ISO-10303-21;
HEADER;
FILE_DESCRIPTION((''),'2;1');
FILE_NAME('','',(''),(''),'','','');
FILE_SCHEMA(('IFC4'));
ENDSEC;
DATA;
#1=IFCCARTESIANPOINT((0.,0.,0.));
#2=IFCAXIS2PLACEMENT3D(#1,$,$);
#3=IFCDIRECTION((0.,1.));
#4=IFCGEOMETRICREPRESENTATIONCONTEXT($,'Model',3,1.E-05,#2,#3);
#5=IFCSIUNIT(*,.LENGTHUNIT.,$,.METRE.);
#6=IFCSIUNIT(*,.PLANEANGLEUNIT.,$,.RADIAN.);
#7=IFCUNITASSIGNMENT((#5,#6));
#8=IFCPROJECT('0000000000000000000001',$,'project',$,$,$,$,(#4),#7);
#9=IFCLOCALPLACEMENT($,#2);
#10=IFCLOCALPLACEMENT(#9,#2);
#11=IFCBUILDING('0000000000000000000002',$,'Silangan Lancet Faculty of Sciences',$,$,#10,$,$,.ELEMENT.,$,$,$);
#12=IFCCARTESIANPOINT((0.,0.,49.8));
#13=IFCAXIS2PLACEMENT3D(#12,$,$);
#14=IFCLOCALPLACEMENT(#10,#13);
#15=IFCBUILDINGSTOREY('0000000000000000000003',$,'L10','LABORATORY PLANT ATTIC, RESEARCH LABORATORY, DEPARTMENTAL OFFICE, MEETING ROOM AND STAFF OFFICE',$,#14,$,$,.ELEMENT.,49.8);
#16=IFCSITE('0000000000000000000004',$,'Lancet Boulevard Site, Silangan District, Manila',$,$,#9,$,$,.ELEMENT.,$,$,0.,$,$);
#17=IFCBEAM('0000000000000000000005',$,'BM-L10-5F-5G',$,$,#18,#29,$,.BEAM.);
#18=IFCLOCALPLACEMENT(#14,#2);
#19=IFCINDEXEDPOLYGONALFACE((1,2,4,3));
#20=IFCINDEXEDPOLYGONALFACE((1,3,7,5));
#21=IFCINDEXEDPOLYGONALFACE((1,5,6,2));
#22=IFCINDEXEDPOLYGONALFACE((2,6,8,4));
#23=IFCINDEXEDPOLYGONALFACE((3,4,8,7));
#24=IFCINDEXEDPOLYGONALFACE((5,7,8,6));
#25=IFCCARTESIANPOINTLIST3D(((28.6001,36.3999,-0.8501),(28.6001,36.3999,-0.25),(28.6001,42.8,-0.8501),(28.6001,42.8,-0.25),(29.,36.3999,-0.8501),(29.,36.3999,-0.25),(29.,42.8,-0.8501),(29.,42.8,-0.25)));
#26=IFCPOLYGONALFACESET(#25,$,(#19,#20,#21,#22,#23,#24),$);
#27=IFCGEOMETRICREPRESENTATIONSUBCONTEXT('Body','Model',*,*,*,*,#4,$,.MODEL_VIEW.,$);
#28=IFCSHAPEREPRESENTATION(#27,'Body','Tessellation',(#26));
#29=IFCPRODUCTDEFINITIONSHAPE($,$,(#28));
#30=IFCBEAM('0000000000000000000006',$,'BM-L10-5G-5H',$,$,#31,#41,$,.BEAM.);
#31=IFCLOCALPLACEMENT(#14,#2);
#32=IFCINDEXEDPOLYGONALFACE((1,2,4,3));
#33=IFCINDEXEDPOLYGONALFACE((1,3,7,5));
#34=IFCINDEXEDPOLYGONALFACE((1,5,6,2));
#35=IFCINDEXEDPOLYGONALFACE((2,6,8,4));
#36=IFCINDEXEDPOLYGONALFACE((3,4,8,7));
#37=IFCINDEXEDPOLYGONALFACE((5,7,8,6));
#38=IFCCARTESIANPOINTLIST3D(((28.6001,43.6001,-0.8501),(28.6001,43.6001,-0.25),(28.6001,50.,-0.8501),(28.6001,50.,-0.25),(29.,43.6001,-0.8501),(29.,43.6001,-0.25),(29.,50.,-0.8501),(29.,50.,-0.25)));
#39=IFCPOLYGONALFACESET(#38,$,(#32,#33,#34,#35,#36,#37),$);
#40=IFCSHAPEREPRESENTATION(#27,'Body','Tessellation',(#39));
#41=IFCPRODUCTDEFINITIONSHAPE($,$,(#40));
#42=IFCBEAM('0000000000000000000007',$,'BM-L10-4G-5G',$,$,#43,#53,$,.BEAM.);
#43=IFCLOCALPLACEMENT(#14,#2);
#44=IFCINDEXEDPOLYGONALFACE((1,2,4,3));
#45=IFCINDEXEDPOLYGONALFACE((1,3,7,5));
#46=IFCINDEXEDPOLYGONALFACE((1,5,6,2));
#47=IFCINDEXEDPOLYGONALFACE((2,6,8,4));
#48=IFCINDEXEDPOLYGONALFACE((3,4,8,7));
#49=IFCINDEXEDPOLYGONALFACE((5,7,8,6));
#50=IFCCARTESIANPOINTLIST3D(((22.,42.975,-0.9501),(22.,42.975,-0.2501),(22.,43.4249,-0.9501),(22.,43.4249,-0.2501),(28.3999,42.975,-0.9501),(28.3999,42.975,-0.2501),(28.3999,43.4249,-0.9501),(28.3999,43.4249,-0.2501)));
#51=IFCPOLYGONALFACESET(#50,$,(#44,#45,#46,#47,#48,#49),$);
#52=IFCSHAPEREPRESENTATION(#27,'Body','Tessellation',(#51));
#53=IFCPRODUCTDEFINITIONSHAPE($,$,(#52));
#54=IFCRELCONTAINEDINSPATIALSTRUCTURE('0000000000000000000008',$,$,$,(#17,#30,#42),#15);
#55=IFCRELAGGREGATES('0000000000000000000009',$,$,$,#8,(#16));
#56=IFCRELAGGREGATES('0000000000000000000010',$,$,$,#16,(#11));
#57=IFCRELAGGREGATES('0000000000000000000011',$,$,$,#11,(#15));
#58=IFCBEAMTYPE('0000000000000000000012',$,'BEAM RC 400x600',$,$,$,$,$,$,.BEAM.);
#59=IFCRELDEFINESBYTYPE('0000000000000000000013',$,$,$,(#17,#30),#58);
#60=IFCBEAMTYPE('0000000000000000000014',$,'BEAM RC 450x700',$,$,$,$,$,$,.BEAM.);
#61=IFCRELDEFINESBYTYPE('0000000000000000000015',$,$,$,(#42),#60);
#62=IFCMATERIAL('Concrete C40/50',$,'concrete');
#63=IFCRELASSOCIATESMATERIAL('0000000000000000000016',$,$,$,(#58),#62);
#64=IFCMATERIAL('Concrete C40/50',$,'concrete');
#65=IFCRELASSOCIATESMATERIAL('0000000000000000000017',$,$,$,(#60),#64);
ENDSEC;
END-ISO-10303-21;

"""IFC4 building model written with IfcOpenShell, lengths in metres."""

from ifc_helpers import new_model, si_unit, direction, frame, origin, origin_2d, place, context, subcontext, project, spatial, rectangle, extrude, material, material_profile, profile_set, type_object, element, save


model = new_model("IFC4")

# Units and contexts
model_context = context("Model", 3, precision=1e-05, world=origin(), true_north=direction((0.0, 1.0)))
body_context = subcontext(model_context, "Body", "Model", "MODEL_VIEW")
ifc_project = project(units=[si_unit("LENGTHUNIT", "METRE"), si_unit("PLANEANGLEUNIT", "RADIAN")], contexts=[model_context])

# Site, building, storey
site_placement = place(None, origin())
site = spatial("IfcSite", under=ifc_project, at=site_placement, Name="Lancet Boulevard Site, Silangan District, Manila", CompositionType="ELEMENT", RefElevation=0.0)
building_placement = place(site_placement, origin())
building = spatial("IfcBuilding", under=site, at=building_placement, Name="Silangan Lancet Faculty of Sciences", CompositionType="ELEMENT")
storey_placement = place(building_placement, frame((0.0, 0.0, 49.8)))
storey = spatial("IfcBuildingStorey", under=building, at=storey_placement, Name="L10", Description="LABORATORY PLANT ATTIC, RESEARCH LABORATORY, DEPARTMENTAL OFFICE, MEETING ROOM AND STAFF OFFICE", CompositionType="ELEMENT", Elevation=49.8)

# Beams
ifc_material_1 = material(Name="Concrete C40/50", Category="concrete")
ifc_material_profile_1 = material_profile(ifc_material_1, rectangle(XDim=0.3999, YDim=0.6001, at=origin_2d()), Name="RC 400x600")
ifc_profile_set_1 = profile_set([ifc_material_profile_1], Name="Concrete C40/50")
beam_type_1 = type_object("IfcBeamType", Name="BEAM RC 400x600", PredefinedType="BEAM", material=ifc_profile_set_1)
beam_1_placement = place(storey_placement, frame((28.8, 36.3999, -0.55), z_axis=(0.0, 1.0, 0.0), x_axis=(-1.0, 0.0, 0.0)))
element("IfcBeam", 1, at=beam_1_placement, inside=storey, type_object=beam_type_1, Name="BM-L10-5F-5G", PredefinedType="BEAM", context=body_context, shape_type="SweptSolid", body=[
    extrude(rectangle(XDim=0.3999, YDim=0.6001, at=origin_2d()), origin(), (0.0, 0.0, 1.0), 6.4001),
])
beam_2_placement = place(storey_placement, frame((28.8, 43.6001, -0.55), z_axis=(0.0, 1.0, 0.0), x_axis=(-1.0, 0.0, 0.0)))
element("IfcBeam", 2, at=beam_2_placement, inside=storey, type_object=beam_type_1, Name="BM-L10-5G-5H", PredefinedType="BEAM", context=body_context, shape_type="SweptSolid", body=[
    extrude(rectangle(XDim=0.3999, YDim=0.6001, at=origin_2d()), origin(), (0.0, 0.0, 1.0), 6.3999),
])
ifc_material_2 = material(Name="Concrete C40/50", Category="concrete")
ifc_material_profile_2 = material_profile(ifc_material_2, rectangle(XDim=0.45, YDim=0.7, at=origin_2d()), Name="RC 450x700")
ifc_profile_set_2 = profile_set([ifc_material_profile_2], Name="Concrete C40/50")
beam_type_2 = type_object("IfcBeamType", Name="BEAM RC 450x700", PredefinedType="BEAM", material=ifc_profile_set_2)
beam_3_placement = place(storey_placement, frame((22.0, 43.2, -0.6001), z_axis=(1.0, 0.0, 0.0), x_axis=(0.0, 1.0, 0.0)))
element("IfcBeam", 3, at=beam_3_placement, inside=storey, type_object=beam_type_2, Name="BM-L10-4G-5G", PredefinedType="BEAM", context=body_context, shape_type="SweptSolid", body=[
    extrude(rectangle(XDim=0.45, YDim=0.7, at=origin_2d()), origin(), (0.0, 0.0, 1.0), 6.3999),
])

save(model, "model.ifc")
